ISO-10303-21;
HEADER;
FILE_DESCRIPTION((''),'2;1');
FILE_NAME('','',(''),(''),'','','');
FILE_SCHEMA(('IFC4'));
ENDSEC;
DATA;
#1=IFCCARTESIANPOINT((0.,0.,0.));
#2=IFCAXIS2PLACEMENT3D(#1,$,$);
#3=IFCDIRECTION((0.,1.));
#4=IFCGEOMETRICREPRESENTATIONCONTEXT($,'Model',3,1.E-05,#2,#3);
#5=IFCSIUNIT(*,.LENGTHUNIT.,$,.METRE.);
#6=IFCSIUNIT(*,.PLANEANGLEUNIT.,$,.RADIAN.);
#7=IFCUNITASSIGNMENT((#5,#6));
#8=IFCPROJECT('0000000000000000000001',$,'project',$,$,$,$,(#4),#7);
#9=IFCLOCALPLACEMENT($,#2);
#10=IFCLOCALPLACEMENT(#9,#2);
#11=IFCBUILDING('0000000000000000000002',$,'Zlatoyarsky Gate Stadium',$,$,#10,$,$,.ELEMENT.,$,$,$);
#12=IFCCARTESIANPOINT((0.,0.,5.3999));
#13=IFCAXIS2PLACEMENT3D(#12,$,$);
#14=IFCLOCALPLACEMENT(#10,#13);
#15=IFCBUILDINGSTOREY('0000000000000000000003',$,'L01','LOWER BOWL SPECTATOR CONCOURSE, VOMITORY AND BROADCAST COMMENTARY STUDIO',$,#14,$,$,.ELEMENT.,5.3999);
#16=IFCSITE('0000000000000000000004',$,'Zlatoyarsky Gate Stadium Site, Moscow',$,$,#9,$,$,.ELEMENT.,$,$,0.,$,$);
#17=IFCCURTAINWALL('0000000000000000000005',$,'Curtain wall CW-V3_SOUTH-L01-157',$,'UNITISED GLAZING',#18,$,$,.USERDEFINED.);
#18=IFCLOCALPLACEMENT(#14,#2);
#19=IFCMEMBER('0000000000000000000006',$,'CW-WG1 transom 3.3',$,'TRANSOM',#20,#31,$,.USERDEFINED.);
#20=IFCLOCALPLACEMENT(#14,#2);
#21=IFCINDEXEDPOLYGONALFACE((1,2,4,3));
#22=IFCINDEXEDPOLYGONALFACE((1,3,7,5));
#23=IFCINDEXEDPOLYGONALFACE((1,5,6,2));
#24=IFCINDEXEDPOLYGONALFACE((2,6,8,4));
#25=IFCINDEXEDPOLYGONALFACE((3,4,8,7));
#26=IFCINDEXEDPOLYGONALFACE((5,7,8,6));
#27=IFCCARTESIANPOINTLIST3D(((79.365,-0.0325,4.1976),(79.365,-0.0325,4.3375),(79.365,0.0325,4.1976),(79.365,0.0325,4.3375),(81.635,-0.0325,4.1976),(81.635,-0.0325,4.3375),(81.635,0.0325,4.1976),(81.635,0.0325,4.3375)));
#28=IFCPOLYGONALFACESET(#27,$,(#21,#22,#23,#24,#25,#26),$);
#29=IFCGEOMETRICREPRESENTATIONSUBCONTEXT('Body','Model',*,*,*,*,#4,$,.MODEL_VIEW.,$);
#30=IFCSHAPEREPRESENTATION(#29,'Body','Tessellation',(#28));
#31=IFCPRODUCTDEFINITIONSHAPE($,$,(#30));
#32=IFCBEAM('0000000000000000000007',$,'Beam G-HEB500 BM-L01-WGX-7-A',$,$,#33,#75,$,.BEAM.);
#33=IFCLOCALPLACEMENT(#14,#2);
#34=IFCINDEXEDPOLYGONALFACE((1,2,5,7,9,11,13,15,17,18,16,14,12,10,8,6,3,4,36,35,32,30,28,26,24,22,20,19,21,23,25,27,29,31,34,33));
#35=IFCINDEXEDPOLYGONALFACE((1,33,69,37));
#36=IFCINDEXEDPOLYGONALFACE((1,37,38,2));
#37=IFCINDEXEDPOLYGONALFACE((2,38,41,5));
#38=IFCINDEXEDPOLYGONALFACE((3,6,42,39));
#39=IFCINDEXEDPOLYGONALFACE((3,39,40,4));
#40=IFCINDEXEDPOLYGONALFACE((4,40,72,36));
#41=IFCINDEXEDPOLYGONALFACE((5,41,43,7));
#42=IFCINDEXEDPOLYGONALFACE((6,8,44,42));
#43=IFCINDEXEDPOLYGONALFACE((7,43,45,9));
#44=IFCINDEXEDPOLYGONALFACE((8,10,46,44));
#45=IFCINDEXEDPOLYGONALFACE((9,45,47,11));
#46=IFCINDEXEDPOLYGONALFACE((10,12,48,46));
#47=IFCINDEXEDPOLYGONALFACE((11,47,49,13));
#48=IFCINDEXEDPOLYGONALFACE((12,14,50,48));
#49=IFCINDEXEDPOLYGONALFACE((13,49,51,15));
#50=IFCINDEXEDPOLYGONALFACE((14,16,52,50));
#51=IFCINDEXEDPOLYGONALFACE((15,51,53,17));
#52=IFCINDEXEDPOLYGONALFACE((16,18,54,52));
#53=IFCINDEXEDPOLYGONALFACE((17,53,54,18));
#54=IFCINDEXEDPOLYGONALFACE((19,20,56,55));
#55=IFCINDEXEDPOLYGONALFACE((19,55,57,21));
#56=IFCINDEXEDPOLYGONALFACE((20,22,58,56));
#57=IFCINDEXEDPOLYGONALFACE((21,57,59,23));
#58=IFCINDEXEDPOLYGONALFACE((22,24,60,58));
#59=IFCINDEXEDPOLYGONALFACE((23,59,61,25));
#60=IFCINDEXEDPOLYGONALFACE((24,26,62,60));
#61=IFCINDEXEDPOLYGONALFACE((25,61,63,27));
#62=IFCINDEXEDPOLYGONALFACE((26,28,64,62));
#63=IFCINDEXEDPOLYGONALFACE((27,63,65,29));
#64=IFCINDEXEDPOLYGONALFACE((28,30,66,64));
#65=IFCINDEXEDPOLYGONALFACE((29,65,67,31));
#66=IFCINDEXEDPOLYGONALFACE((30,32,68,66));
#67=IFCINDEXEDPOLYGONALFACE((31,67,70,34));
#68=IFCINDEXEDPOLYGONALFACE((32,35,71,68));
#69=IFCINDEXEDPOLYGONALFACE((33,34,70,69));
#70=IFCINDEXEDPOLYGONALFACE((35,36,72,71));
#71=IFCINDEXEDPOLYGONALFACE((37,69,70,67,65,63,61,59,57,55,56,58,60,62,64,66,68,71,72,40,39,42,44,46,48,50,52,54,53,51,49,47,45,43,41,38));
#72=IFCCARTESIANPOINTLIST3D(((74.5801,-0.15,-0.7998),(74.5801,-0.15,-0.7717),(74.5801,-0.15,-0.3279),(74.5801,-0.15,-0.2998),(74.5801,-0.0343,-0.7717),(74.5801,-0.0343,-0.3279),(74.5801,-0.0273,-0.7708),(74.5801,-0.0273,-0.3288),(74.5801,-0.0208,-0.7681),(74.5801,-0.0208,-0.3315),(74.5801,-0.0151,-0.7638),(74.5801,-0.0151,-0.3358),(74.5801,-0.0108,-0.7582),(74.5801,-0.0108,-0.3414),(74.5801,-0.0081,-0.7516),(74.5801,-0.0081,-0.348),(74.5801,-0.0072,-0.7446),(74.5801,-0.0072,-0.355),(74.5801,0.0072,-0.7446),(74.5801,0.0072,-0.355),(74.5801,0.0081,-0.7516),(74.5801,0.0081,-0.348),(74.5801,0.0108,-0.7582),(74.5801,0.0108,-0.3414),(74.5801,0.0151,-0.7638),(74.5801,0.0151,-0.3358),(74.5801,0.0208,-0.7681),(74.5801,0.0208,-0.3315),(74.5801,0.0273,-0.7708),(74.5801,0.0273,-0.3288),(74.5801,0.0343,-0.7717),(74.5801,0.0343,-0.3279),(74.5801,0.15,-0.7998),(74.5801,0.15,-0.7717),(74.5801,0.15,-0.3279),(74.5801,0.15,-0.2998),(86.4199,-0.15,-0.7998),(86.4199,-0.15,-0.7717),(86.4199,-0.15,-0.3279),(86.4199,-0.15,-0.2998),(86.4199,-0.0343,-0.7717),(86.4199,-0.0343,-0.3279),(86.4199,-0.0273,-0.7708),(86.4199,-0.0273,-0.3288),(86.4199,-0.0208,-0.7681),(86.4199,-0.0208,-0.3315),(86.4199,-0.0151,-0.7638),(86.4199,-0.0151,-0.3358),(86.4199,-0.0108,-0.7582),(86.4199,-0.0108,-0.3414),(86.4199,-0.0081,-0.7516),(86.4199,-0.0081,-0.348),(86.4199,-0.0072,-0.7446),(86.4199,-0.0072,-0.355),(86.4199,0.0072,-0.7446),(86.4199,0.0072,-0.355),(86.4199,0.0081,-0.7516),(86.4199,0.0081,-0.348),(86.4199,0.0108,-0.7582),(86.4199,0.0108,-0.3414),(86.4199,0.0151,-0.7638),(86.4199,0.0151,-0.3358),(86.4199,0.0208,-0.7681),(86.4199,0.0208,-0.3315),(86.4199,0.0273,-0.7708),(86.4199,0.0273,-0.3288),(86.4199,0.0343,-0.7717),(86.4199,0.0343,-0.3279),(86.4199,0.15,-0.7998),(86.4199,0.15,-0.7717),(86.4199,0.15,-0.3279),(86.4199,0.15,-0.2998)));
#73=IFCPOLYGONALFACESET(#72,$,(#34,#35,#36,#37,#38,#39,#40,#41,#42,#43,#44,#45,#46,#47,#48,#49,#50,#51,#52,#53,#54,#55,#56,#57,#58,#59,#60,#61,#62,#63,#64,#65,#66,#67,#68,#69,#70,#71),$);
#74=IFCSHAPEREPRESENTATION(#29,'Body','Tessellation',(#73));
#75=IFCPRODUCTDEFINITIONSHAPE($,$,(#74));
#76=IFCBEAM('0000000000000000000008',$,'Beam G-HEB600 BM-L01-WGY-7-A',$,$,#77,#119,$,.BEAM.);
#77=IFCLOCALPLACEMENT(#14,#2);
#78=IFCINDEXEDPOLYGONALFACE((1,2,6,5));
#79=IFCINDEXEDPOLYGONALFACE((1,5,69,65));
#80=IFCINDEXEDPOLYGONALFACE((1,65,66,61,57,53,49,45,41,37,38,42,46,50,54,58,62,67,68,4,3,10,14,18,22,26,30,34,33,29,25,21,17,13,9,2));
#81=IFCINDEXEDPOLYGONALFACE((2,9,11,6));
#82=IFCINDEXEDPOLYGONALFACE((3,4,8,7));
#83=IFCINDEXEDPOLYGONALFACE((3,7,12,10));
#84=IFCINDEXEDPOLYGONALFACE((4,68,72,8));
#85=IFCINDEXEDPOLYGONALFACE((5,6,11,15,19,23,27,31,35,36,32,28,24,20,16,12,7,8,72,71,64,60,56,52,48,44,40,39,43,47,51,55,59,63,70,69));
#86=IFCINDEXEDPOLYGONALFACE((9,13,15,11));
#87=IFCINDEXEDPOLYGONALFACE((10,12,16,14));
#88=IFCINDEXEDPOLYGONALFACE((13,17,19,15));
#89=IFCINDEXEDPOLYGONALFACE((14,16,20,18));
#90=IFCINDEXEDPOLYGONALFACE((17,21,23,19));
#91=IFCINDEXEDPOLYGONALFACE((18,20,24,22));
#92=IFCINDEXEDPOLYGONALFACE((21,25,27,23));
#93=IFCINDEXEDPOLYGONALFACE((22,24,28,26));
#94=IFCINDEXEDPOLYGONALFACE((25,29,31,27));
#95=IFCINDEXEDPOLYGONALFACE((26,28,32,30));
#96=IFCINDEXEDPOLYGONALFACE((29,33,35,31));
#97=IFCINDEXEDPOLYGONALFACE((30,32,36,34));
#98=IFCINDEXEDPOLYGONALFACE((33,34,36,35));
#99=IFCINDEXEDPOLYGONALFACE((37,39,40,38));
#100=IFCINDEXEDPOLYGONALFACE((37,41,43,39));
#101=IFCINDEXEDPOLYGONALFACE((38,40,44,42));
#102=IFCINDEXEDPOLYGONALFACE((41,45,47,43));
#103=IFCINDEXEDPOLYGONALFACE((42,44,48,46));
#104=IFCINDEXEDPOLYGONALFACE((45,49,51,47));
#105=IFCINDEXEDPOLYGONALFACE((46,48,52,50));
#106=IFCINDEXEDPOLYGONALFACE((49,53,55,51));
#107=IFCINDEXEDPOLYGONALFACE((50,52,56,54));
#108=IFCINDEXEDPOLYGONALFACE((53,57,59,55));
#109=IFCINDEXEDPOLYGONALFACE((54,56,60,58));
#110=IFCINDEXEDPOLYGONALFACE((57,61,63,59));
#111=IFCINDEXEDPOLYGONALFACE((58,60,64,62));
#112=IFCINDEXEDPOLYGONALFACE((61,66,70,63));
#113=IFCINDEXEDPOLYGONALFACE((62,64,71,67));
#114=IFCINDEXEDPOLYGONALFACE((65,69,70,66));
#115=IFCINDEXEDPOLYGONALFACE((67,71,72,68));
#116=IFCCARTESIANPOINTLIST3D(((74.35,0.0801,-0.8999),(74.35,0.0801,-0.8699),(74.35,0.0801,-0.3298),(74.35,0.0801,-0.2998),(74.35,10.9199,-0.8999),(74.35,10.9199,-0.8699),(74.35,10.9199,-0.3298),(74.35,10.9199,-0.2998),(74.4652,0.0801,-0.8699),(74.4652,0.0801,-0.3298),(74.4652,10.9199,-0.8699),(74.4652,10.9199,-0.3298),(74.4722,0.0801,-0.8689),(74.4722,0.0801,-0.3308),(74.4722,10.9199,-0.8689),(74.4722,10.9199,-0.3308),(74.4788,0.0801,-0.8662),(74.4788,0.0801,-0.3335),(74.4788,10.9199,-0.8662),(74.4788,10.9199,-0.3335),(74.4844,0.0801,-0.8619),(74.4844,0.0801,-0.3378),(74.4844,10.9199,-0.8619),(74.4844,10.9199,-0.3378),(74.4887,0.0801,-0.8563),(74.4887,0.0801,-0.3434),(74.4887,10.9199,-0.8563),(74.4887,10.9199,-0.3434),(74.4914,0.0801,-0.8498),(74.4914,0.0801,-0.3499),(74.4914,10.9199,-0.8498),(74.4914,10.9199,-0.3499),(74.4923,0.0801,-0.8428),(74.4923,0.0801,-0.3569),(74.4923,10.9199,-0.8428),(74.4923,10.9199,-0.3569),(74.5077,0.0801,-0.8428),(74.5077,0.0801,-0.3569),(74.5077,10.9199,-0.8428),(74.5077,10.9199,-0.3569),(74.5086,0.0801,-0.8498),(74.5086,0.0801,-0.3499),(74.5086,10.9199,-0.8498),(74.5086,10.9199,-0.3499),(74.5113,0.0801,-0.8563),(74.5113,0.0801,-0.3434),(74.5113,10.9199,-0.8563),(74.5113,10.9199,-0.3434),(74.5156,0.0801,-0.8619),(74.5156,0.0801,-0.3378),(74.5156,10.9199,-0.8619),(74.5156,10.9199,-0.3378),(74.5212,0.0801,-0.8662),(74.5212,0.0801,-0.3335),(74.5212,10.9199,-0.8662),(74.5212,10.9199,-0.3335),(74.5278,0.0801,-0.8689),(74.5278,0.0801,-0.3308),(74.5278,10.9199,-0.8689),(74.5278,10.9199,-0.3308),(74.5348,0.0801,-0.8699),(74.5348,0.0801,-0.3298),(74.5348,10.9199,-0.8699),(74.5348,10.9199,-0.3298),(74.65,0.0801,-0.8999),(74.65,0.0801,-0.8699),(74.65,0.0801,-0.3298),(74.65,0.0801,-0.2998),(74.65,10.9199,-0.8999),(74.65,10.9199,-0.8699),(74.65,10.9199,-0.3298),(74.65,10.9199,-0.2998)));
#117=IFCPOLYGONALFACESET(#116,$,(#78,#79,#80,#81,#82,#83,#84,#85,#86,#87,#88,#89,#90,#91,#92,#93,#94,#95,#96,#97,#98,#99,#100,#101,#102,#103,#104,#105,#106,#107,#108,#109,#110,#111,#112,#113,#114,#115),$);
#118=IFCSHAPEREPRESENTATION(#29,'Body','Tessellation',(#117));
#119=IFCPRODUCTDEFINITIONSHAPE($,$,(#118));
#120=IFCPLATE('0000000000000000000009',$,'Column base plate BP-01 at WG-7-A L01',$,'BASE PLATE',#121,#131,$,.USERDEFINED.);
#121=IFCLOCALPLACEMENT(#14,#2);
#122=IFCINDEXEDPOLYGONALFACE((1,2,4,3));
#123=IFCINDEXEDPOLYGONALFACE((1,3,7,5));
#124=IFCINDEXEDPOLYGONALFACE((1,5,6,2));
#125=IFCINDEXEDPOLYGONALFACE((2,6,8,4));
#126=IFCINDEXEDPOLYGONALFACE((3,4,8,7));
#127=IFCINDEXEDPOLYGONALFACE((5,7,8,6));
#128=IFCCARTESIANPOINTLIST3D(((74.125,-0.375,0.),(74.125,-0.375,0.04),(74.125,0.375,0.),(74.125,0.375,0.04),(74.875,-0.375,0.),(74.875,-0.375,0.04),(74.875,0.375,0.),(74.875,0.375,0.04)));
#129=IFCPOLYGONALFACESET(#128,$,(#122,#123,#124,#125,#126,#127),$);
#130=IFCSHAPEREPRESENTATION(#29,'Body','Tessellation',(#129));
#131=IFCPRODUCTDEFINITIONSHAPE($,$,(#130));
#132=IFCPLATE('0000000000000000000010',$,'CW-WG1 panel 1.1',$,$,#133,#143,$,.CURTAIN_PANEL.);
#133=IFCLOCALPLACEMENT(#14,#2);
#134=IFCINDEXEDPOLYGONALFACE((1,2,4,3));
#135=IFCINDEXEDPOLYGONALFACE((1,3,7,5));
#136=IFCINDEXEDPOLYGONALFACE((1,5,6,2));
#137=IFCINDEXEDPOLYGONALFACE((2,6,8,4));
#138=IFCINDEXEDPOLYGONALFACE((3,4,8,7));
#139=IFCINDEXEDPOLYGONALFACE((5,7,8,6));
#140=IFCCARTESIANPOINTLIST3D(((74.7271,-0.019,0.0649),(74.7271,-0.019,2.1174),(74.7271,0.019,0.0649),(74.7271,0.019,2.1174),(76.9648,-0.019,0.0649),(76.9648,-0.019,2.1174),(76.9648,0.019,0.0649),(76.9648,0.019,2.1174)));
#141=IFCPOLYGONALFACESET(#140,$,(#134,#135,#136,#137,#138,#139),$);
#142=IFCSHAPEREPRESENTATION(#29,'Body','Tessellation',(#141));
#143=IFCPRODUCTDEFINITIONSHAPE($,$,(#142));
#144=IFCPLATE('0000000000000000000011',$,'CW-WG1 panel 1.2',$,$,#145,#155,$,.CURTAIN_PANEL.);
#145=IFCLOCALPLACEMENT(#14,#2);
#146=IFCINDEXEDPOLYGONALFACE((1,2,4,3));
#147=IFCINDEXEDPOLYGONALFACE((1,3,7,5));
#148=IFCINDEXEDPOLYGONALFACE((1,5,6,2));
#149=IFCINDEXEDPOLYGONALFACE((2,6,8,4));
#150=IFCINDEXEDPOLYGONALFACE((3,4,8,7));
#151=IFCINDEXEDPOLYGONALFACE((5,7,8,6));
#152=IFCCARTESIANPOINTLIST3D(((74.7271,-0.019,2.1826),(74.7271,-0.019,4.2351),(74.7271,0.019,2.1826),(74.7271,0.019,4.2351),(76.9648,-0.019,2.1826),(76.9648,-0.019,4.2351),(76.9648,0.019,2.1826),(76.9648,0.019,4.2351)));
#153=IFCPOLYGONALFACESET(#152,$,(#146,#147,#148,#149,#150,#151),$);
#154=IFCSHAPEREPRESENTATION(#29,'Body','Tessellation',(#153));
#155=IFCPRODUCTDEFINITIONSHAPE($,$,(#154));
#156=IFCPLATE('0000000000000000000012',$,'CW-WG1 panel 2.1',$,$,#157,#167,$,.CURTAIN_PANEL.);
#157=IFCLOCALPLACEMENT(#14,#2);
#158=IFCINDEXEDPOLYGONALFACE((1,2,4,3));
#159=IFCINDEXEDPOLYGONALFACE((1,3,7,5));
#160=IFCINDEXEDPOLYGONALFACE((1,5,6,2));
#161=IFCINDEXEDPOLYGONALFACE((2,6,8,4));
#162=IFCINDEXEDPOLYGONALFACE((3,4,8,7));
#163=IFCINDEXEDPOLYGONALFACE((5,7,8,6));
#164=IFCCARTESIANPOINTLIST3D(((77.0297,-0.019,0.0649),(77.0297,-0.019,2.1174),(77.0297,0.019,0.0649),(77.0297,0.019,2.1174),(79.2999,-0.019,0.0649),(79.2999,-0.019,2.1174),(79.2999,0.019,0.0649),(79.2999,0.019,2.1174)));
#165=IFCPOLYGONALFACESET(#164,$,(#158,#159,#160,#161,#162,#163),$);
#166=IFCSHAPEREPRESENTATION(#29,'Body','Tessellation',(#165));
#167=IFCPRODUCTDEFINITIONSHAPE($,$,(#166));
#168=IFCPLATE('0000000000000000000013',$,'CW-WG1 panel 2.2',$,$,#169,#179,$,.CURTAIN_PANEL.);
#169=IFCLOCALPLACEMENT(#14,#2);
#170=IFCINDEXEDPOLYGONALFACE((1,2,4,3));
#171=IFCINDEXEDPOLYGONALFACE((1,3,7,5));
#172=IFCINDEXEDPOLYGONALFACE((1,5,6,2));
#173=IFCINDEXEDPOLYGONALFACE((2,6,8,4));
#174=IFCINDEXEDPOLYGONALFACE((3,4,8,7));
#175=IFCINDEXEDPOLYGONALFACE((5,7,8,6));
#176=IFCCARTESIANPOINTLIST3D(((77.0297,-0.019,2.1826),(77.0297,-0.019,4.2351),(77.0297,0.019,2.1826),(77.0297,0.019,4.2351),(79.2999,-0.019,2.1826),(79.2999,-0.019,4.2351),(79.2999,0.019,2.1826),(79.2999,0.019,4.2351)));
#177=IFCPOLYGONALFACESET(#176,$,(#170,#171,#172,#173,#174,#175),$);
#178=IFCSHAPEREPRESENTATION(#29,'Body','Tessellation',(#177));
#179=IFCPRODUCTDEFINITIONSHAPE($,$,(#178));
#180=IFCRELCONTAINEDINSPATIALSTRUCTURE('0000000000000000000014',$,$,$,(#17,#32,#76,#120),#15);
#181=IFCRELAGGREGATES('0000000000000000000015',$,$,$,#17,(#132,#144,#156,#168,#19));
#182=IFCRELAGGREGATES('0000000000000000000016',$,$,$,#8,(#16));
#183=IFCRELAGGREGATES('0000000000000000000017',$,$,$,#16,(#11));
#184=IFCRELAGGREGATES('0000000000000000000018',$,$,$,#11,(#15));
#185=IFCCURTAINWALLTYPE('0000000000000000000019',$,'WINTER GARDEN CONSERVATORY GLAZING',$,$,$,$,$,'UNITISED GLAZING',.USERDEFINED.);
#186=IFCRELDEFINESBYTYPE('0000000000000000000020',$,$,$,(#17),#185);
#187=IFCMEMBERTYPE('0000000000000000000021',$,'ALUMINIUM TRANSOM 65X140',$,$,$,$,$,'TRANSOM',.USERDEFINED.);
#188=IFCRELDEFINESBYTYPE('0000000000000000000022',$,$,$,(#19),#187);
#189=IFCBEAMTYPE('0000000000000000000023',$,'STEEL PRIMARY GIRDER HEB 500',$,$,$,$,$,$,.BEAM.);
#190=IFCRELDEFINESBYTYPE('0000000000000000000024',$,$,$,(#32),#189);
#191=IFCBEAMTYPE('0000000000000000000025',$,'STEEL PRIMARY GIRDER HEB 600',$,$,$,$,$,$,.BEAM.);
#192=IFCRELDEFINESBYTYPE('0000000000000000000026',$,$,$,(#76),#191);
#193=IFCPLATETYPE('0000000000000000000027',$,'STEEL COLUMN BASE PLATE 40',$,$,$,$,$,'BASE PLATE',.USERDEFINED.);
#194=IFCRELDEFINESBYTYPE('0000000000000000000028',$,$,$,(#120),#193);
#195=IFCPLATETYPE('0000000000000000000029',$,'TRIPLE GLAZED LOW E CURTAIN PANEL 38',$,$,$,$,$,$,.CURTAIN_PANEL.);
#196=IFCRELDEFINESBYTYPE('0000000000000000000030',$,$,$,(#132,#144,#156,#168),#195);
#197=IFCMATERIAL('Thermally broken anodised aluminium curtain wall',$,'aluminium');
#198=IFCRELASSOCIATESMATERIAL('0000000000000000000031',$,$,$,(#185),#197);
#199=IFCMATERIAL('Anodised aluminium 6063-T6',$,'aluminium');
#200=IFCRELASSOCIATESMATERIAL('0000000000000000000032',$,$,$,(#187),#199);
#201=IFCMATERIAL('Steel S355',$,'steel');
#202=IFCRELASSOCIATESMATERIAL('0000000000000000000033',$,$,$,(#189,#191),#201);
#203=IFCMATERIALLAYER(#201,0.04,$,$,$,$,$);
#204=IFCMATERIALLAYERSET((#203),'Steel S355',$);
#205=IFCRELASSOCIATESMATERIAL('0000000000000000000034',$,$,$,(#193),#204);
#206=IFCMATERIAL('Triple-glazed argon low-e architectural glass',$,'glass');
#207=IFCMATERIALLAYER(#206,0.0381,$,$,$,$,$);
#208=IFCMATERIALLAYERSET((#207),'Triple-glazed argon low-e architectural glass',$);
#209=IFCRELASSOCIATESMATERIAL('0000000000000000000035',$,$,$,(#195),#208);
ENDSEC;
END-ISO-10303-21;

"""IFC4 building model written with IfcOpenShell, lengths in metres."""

from ifc_helpers import new_model, si_unit, direction, frame, origin, origin_2d, place, context, subcontext, project, spatial, rectangle, i_section, extrude, material, layer, layer_set, material_profile, profile_set, type_object, element, aggregate, save


model = new_model("IFC4")

# Units and contexts
model_context = context("Model", 3, precision=1e-05, world=origin(), true_north=direction((0.0, 1.0)))
body_context = subcontext(model_context, "Body", "Model", "MODEL_VIEW")
ifc_project = project(units=[si_unit("LENGTHUNIT", "METRE"), si_unit("PLANEANGLEUNIT", "RADIAN")], contexts=[model_context])

# Site, building, storey
site_placement = place(None, origin())
site = spatial("IfcSite", under=ifc_project, at=site_placement, Name="Zlatoyarsky Gate Stadium Site, Moscow", CompositionType="ELEMENT", RefElevation=0.0)
building_placement = place(site_placement, origin())
building = spatial("IfcBuilding", under=site, at=building_placement, Name="Zlatoyarsky Gate Stadium", CompositionType="ELEMENT")
storey_placement = place(building_placement, frame((0.0, 0.0, 5.3999)))
storey = spatial("IfcBuildingStorey", under=building, at=storey_placement, Name="L01", Description="LOWER BOWL SPECTATOR CONCOURSE, VOMITORY AND BROADCAST COMMENTARY STUDIO", CompositionType="ELEMENT", Elevation=5.3999)

# Shared definitions
ifc_material_1 = material(Name="Steel S355", Category="steel")

# Curtain wall, member
ifc_material_2 = material(Name="Thermally broken anodised aluminium curtain wall", Category="aluminium")
curtain_wall_type = type_object("IfcCurtainWallType", Name="WINTER GARDEN CONSERVATORY GLAZING", ElementType="UNITISED GLAZING", PredefinedType="USERDEFINED", material=ifc_material_2)
curtain_wall_placement = place(storey_placement, origin())
curtain_wall = element("IfcCurtainWall", 1, at=curtain_wall_placement, inside=storey, type_object=curtain_wall_type, Name="Curtain wall CW-V3_SOUTH-L01-157", ObjectType="UNITISED GLAZING", PredefinedType="USERDEFINED")
ifc_material_3 = material(Name="Anodised aluminium 6063-T6", Category="aluminium")
ifc_material_profile_1 = material_profile(ifc_material_3, rectangle(XDim=0.0649, YDim=0.1399, at=origin_2d()), Name="ALU 65X140")
ifc_profile_set_1 = profile_set([ifc_material_profile_1], Name="Anodised aluminium 6063-T6")
member_type_1 = type_object("IfcMemberType", Name="ALUMINIUM TRANSOM 65X140", ElementType="TRANSOM", PredefinedType="USERDEFINED", material=ifc_profile_set_1)
member_1_placement = place(storey_placement, frame((79.365, 0.0, 4.2676), z_axis=(1.0, 0.0, 0.0), x_axis=(0.0, 1.0, 0.0)))
member_1 = element("IfcMember", 2, at=member_1_placement, type_object=member_type_1, Name="CW-WG1 transom 3.3", ObjectType="TRANSOM", PredefinedType="USERDEFINED", context=body_context, shape_type="SweptSolid", body=[
    extrude(rectangle(XDim=0.0649, YDim=0.1399, at=origin_2d()), origin(), (0.0, 0.0, 1.0), 2.27),
])

# Beams
ifc_material_profile_2 = material_profile(ifc_material_1, i_section(OverallWidth=0.3, OverallDepth=0.5, WebThickness=0.0144, FlangeThickness=0.0281, FilletRadius=0.0271, at=origin_2d()), Name="HEB 500")
ifc_profile_set_2 = profile_set([ifc_material_profile_2], Name="Steel S355")
beam_type_1 = type_object("IfcBeamType", Name="STEEL PRIMARY GIRDER HEB 500", PredefinedType="BEAM", material=ifc_profile_set_2)
beam_1_placement = place(storey_placement, frame((74.5801, 0.0, -0.5498), z_axis=(1.0, 0.0, 0.0), x_axis=(0.0, 1.0, 0.0)))
element("IfcBeam", 3, at=beam_1_placement, inside=storey, type_object=beam_type_1, Name="Beam G-HEB500 BM-L01-WGX-7-A", PredefinedType="BEAM", context=body_context, shape_type="SweptSolid", body=[
    extrude(i_section(OverallWidth=0.3, OverallDepth=0.5, WebThickness=0.0144, FlangeThickness=0.0281, FilletRadius=0.0271, at=origin_2d()), origin(), (0.0, 0.0, 1.0), 11.8398),
])
ifc_material_profile_3 = material_profile(ifc_material_1, i_section(OverallWidth=0.3, OverallDepth=0.6001, WebThickness=0.0154, FlangeThickness=0.03, FilletRadius=0.0271, at=origin_2d()), Name="HEB 600")
ifc_profile_set_3 = profile_set([ifc_material_profile_3], Name="Steel S355")
beam_type_2 = type_object("IfcBeamType", Name="STEEL PRIMARY GIRDER HEB 600", PredefinedType="BEAM", material=ifc_profile_set_3)
beam_2_placement = place(storey_placement, frame((74.5, 0.0801, -0.5999), z_axis=(0.0, 1.0, 0.0), x_axis=(-1.0, 0.0, 0.0)))
element("IfcBeam", 4, at=beam_2_placement, inside=storey, type_object=beam_type_2, Name="Beam G-HEB600 BM-L01-WGY-7-A", PredefinedType="BEAM", context=body_context, shape_type="SweptSolid", body=[
    extrude(i_section(OverallWidth=0.3, OverallDepth=0.6001, WebThickness=0.0154, FlangeThickness=0.03, FilletRadius=0.0271, at=origin_2d()), origin(), (0.0, 0.0, 1.0), 10.8398),
])

# Plates
ifc_layer_1 = layer(ifc_material_1, 0.04)
ifc_layer_set_1 = layer_set([ifc_layer_1], Name="Steel S355")
plate_type_1 = type_object("IfcPlateType", Name="STEEL COLUMN BASE PLATE 40", ElementType="BASE PLATE", PredefinedType="USERDEFINED", material=ifc_layer_set_1)
plate_1_placement = place(storey_placement, frame((74.5, 0.0, 0.0), z_axis=(0.0, 0.0, 1.0), x_axis=(1.0, 0.0, 0.0)))
element("IfcPlate", 5, at=plate_1_placement, inside=storey, type_object=plate_type_1, Name="Column base plate BP-01 at WG-7-A L01", ObjectType="BASE PLATE", PredefinedType="USERDEFINED", context=body_context, shape_type="SweptSolid", body=[
    extrude(rectangle(XDim=0.75, YDim=0.75, at=origin_2d()), origin(), (0.0, 0.0, 1.0), 0.04),
])
ifc_material_4 = material(Name="Triple-glazed argon low-e architectural glass", Category="glass")
ifc_layer_2 = layer(ifc_material_4, 0.0381)
ifc_layer_set_2 = layer_set([ifc_layer_2], Name="Triple-glazed argon low-e architectural glass")
plate_type_2 = type_object("IfcPlateType", Name="TRIPLE GLAZED LOW E CURTAIN PANEL 38", PredefinedType="CURTAIN_PANEL", material=ifc_layer_set_2)
plate_2_placement = place(storey_placement, frame((75.8459, 0.0, 0.0649), z_axis=(0.0, 0.0, 1.0), x_axis=(1.0, 0.0, 0.0)))
plate_2 = element("IfcPlate", 6, at=plate_2_placement, type_object=plate_type_2, Name="CW-WG1 panel 1.1", PredefinedType="CURTAIN_PANEL", context=body_context, shape_type="SweptSolid", body=[
    extrude(rectangle(XDim=2.2378, YDim=0.0381, at=origin_2d()), origin(), (0.0, 0.0, 1.0), 2.0525),
])
plate_3_placement = place(storey_placement, frame((75.8459, 0.0, 2.1826), z_axis=(0.0, 0.0, 1.0), x_axis=(1.0, 0.0, 0.0)))
plate_3 = element("IfcPlate", 7, at=plate_3_placement, type_object=plate_type_2, Name="CW-WG1 panel 1.2", PredefinedType="CURTAIN_PANEL", context=body_context, shape_type="SweptSolid", body=[
    extrude(rectangle(XDim=2.2378, YDim=0.0381, at=origin_2d()), origin(), (0.0, 0.0, 1.0), 2.0525),
])
plate_4_placement = place(storey_placement, frame((78.1648, 0.0, 0.0649), z_axis=(0.0, 0.0, 1.0), x_axis=(1.0, 0.0, 0.0)))
plate_4 = element("IfcPlate", 8, at=plate_4_placement, type_object=plate_type_2, Name="CW-WG1 panel 2.1", PredefinedType="CURTAIN_PANEL", context=body_context, shape_type="SweptSolid", body=[
    extrude(rectangle(XDim=2.2703, YDim=0.0381, at=origin_2d()), origin(), (0.0, 0.0, 1.0), 2.0525),
])
plate_5_placement = place(storey_placement, frame((78.1648, 0.0, 2.1826), z_axis=(0.0, 0.0, 1.0), x_axis=(1.0, 0.0, 0.0)))
plate_5 = element("IfcPlate", 9, at=plate_5_placement, type_object=plate_type_2, Name="CW-WG1 panel 2.2", PredefinedType="CURTAIN_PANEL", context=body_context, shape_type="SweptSolid", body=[
    extrude(rectangle(XDim=2.2703, YDim=0.0381, at=origin_2d()), origin(), (0.0, 0.0, 1.0), 2.0525),
])
aggregate(curtain_wall, [plate_2, plate_3, plate_4, plate_5, member_1])

save(model, "model.ifc")
